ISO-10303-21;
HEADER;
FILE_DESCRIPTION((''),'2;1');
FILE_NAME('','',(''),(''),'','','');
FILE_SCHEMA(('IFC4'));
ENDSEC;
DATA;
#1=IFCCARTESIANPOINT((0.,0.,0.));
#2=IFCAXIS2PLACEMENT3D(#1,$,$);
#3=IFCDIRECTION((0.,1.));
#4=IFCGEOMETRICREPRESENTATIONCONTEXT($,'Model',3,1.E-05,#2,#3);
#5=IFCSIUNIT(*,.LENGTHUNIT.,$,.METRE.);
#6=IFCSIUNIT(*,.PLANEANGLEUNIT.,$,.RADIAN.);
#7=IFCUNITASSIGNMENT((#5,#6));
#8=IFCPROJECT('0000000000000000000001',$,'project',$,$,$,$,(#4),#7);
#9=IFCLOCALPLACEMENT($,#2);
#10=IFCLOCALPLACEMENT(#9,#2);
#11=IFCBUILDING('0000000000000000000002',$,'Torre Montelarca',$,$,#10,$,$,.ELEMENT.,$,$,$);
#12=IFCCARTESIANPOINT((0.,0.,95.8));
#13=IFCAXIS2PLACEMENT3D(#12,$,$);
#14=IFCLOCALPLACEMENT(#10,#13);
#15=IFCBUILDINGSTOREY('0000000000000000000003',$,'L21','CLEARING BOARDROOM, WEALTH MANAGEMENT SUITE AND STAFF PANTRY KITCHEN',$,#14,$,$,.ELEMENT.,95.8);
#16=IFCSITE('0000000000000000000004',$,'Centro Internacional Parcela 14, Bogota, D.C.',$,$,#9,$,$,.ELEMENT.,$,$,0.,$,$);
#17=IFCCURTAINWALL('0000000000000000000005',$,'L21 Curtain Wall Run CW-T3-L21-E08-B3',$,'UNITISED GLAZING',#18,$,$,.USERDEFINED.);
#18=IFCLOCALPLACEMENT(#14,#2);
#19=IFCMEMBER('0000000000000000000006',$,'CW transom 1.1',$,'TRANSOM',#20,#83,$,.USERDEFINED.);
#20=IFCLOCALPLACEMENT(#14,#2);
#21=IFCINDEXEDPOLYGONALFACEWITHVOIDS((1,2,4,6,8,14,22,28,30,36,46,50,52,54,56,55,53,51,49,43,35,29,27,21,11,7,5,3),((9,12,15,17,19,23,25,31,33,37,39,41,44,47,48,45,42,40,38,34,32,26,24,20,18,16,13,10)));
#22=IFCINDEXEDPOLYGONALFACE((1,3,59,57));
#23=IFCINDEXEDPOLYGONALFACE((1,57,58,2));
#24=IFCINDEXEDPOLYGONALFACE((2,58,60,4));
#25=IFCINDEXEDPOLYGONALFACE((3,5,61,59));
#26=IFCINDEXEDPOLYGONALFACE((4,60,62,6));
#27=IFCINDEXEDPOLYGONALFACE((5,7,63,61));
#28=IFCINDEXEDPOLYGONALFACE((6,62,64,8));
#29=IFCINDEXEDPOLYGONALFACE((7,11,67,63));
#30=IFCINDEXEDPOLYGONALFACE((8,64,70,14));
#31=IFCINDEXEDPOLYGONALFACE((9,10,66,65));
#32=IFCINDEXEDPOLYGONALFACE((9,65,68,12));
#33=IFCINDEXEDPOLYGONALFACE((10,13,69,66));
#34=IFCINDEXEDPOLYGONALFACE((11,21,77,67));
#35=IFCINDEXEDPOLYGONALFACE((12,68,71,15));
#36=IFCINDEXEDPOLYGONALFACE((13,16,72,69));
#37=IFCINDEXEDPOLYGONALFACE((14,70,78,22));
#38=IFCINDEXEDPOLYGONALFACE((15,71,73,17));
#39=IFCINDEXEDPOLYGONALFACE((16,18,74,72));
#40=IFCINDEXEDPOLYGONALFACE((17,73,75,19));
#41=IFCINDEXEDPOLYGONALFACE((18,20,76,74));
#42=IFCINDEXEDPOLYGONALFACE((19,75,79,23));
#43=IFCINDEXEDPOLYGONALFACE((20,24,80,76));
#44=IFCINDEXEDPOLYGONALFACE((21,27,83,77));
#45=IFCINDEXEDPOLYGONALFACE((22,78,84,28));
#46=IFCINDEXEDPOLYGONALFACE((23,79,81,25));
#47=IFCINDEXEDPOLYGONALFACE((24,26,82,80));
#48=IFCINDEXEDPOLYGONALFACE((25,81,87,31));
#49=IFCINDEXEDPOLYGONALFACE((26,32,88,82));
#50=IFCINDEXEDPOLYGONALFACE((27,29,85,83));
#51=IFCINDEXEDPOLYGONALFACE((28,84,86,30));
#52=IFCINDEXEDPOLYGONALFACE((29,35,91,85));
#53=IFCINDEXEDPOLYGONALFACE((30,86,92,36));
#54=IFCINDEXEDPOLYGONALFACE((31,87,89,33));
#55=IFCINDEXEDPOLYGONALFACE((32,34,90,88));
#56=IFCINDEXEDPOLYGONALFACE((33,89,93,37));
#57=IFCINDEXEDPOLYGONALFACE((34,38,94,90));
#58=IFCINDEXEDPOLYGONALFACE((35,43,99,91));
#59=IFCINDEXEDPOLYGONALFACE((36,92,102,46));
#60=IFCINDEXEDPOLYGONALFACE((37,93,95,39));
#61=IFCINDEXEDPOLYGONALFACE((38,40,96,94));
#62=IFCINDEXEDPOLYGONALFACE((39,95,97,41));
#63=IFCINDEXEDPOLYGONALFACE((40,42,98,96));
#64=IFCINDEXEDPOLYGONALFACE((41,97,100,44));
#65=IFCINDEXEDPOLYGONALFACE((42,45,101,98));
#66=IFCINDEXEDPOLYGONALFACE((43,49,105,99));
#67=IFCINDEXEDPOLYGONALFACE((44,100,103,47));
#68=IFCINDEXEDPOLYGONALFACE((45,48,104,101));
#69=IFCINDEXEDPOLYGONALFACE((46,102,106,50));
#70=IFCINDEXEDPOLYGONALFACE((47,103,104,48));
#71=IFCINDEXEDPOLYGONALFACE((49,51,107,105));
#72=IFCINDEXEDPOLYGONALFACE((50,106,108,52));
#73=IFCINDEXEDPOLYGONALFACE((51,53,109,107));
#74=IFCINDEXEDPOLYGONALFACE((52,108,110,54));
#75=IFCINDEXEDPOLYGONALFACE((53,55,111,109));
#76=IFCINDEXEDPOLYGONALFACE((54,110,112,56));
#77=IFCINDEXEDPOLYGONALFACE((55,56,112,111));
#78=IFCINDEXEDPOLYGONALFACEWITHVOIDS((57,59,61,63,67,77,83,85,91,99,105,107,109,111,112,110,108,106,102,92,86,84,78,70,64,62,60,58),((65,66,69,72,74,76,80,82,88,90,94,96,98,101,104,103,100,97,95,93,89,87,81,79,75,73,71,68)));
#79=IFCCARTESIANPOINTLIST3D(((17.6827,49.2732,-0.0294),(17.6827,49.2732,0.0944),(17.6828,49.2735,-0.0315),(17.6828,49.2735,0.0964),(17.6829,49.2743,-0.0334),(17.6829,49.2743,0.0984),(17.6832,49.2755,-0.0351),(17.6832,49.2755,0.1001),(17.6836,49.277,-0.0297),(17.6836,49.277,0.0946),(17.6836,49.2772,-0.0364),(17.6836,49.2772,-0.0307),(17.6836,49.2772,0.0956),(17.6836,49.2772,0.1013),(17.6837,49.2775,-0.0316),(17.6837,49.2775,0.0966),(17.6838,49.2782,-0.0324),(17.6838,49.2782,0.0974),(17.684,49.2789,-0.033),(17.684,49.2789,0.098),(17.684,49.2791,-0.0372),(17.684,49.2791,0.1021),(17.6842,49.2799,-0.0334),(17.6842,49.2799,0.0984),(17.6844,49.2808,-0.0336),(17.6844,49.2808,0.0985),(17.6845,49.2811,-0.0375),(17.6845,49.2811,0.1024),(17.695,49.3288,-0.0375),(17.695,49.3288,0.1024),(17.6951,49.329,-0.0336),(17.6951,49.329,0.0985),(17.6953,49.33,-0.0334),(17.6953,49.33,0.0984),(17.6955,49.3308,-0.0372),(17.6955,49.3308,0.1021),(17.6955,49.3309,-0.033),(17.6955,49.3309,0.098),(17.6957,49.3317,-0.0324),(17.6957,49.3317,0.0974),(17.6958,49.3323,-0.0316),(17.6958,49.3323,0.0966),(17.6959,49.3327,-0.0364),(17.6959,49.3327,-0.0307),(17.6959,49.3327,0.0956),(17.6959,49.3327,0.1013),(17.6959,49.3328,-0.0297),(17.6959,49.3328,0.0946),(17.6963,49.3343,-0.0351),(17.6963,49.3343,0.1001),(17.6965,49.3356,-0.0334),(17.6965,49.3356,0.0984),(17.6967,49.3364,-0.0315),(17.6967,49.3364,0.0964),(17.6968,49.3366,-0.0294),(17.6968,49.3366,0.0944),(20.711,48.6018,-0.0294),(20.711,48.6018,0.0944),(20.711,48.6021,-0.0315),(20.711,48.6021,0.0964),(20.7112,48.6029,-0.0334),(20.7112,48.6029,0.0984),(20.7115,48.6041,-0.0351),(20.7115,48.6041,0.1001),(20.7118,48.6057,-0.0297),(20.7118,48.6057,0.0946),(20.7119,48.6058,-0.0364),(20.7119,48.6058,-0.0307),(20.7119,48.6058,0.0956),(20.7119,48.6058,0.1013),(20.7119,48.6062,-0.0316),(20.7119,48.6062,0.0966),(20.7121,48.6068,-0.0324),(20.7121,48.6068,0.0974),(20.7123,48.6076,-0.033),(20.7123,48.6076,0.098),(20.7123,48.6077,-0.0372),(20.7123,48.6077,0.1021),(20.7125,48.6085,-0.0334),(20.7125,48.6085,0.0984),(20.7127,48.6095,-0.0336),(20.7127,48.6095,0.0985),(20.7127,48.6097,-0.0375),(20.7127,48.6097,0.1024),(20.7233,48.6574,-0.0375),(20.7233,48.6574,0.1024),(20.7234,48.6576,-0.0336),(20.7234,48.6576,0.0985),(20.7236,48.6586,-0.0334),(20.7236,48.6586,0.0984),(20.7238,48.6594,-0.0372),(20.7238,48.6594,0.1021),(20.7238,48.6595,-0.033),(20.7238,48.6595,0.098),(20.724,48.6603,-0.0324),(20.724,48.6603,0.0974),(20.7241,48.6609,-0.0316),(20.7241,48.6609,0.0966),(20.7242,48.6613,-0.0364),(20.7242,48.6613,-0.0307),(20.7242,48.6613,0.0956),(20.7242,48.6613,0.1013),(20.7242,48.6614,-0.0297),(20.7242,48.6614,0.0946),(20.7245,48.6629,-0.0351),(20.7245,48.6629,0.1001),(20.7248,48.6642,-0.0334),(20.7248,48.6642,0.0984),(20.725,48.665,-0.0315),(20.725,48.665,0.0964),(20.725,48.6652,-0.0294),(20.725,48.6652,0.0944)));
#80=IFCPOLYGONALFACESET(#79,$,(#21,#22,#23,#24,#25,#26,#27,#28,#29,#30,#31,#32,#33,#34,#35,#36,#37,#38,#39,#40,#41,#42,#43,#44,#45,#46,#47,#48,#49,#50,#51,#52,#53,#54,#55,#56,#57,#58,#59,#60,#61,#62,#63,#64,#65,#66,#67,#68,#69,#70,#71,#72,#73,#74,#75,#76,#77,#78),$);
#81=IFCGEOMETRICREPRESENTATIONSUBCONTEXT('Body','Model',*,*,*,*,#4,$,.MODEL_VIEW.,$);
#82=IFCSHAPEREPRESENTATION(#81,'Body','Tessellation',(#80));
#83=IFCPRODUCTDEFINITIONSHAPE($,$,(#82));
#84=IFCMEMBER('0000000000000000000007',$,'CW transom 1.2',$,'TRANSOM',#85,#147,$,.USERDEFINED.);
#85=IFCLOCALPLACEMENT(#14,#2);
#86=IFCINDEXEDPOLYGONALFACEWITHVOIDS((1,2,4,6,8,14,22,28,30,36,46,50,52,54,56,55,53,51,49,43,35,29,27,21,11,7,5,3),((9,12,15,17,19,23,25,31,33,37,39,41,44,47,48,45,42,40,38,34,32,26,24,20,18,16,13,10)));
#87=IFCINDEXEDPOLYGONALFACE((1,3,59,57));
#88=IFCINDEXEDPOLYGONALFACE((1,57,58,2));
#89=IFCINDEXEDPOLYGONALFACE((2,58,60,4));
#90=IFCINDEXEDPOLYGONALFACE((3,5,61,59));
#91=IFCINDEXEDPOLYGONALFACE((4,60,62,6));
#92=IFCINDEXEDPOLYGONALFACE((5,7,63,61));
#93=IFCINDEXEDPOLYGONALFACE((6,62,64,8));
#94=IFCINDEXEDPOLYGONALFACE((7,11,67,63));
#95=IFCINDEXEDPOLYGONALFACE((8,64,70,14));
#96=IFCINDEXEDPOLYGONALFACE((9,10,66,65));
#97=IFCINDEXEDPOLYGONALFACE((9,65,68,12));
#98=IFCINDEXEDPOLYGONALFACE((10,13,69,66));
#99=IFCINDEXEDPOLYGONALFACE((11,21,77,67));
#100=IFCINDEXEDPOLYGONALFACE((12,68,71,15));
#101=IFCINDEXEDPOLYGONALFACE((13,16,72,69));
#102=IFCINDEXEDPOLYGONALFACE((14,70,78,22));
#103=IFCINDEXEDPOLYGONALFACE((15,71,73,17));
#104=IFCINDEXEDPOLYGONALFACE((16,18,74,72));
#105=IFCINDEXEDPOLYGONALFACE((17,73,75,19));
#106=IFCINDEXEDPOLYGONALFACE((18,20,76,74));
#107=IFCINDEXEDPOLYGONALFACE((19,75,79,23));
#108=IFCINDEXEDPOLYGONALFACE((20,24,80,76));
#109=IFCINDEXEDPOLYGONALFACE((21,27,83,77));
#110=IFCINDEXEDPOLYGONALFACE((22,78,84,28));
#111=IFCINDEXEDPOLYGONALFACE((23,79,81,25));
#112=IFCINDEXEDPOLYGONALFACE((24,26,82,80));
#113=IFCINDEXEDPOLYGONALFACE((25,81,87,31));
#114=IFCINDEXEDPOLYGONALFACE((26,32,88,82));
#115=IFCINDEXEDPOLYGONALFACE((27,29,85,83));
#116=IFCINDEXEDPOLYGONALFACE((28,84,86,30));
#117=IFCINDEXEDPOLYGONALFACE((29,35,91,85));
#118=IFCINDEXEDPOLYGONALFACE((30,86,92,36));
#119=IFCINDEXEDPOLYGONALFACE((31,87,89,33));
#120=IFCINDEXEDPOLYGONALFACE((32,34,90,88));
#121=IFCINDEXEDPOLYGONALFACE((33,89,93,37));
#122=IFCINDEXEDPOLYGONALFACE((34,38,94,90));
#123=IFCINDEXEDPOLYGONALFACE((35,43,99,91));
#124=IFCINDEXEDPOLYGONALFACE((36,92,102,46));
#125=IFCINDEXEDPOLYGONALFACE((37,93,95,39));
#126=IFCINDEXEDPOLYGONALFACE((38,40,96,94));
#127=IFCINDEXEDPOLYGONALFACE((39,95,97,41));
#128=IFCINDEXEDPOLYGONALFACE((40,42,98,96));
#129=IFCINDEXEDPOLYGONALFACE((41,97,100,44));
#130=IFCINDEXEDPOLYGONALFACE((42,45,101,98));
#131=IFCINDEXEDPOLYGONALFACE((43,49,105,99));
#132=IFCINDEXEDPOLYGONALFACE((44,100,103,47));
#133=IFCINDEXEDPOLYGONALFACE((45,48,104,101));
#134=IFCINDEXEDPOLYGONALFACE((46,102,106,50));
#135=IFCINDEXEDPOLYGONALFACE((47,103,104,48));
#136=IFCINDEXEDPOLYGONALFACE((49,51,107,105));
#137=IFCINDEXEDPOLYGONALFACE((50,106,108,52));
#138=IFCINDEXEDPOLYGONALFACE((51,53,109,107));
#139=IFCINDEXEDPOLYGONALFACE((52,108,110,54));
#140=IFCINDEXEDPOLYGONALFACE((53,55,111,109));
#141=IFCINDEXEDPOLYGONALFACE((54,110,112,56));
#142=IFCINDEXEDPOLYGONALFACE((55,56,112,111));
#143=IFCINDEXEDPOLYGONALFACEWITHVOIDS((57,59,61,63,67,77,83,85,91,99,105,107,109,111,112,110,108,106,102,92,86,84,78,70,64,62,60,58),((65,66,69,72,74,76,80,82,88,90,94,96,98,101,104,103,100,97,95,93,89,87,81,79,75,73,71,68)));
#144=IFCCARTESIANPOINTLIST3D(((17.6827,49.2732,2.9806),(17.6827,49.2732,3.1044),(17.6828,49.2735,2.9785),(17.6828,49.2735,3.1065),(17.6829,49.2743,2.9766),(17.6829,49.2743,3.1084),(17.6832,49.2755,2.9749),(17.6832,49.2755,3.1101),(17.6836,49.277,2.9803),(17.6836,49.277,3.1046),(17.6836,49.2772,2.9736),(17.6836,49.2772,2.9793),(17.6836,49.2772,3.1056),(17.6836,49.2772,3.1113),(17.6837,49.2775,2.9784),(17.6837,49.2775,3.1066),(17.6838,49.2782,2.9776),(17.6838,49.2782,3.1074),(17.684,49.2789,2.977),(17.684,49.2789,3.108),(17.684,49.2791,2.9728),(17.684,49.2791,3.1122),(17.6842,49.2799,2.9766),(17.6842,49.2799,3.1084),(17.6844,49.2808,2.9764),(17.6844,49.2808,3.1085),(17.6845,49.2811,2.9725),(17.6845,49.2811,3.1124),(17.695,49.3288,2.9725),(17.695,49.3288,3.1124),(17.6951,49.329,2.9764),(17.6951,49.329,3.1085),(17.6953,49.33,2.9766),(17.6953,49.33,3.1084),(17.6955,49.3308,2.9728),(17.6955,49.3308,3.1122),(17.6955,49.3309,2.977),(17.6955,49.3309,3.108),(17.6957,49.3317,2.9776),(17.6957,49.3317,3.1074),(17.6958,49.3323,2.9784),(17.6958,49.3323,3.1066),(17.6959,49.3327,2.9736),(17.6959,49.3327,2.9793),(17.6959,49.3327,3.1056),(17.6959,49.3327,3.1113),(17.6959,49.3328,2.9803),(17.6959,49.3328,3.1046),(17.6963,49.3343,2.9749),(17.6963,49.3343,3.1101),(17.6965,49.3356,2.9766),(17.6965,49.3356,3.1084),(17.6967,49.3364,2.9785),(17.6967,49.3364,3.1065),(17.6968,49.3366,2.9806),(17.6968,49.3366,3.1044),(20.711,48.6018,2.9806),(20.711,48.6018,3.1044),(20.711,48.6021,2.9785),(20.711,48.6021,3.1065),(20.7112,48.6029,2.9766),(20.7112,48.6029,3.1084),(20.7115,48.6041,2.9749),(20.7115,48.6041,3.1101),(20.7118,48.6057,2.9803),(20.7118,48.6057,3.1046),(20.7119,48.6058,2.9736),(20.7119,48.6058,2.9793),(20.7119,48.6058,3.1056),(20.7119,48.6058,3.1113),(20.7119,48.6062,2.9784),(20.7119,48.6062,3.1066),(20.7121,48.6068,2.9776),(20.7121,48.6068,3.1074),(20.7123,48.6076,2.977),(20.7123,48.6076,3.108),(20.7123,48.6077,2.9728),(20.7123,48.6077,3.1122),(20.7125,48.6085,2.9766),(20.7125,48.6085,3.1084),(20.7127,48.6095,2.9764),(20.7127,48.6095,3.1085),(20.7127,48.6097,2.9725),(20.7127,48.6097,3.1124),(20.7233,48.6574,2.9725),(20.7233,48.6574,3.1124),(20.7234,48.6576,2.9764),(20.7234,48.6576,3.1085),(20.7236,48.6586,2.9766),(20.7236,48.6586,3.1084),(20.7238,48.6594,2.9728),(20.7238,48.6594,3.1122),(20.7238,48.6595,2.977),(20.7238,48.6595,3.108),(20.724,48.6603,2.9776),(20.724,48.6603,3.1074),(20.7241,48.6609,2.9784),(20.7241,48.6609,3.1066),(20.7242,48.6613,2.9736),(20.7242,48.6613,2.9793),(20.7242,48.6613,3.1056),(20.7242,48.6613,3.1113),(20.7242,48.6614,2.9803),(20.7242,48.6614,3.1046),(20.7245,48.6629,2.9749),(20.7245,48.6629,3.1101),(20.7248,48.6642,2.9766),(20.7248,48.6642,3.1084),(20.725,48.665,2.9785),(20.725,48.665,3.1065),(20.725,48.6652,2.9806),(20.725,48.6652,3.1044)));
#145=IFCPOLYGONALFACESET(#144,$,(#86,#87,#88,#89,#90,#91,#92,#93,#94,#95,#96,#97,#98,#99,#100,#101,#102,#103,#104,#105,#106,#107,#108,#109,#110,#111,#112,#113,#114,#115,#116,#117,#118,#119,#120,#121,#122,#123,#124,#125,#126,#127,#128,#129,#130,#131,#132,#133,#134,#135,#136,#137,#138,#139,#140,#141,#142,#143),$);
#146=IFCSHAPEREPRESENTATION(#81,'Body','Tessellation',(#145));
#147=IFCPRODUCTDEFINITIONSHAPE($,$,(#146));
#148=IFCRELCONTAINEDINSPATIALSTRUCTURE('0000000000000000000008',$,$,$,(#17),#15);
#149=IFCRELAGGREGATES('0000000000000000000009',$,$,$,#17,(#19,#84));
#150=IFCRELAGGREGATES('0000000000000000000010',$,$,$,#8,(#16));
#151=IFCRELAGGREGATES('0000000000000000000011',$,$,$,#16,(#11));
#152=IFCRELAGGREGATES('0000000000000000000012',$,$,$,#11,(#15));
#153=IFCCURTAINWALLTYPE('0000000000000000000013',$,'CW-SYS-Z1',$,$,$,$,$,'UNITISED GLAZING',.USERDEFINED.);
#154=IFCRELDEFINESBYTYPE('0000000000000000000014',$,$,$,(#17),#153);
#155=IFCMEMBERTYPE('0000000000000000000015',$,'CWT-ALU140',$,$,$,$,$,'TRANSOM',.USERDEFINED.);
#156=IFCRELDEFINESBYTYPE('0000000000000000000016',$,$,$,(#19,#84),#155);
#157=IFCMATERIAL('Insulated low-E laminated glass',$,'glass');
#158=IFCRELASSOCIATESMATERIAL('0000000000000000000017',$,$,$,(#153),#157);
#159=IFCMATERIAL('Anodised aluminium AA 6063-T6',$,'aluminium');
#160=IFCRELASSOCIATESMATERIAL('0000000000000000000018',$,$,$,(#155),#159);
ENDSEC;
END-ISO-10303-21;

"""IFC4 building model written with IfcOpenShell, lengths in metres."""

from ifc_helpers import new_model, si_unit, direction, frame, origin, origin_2d, place, context, subcontext, project, spatial, hollow_rectangle, extrude, source, transform, mapped, material, material_profile, profile_set, type_object, element, aggregate, save


model = new_model("IFC4")

# Units and contexts
model_context = context("Model", 3, precision=1e-05, world=origin(), true_north=direction((0.0, 1.0)))
body_context = subcontext(model_context, "Body", "Model", "MODEL_VIEW")
ifc_project = project(units=[si_unit("LENGTHUNIT", "METRE"), si_unit("PLANEANGLEUNIT", "RADIAN")], contexts=[model_context])

# Site, building, storey
site_placement = place(None, origin())
site = spatial("IfcSite", under=ifc_project, at=site_placement, Name="Centro Internacional Parcela 14, Bogota, D.C.", CompositionType="ELEMENT", RefElevation=0.0)
building_placement = place(site_placement, origin())
building = spatial("IfcBuilding", under=site, at=building_placement, Name="Torre Montelarca", CompositionType="ELEMENT")
storey_placement = place(building_placement, frame((0.0, 0.0, 95.8)))
storey = spatial("IfcBuildingStorey", under=building, at=storey_placement, Name="L21", Description="CLEARING BOARDROOM, WEALTH MANAGEMENT SUITE AND STAFF PANTRY KITCHEN", CompositionType="ELEMENT", Elevation=95.8)

# Curtain wall, members
ifc_material_1 = material(Name="Insulated low-E laminated glass", Category="glass")
curtain_wall_type = type_object("IfcCurtainWallType", Name="CW-SYS-Z1", ElementType="UNITISED GLAZING", PredefinedType="USERDEFINED", material=ifc_material_1)
ifc_material_2 = material(Name="Anodised aluminium AA 6063-T6", Category="aluminium")
ifc_material_profile_1 = material_profile(ifc_material_2, hollow_rectangle(XDim=0.0649, YDim=0.1399, WallThickness=0.0039, InnerFilletRadius=0.0039, OuterFilletRadius=0.0081, at=origin_2d()), Name="ALU65X140X4", Category="aluminium")
ifc_profile_set_1 = profile_set([ifc_material_profile_1], Name="Anodised aluminium AA 6063-T6")
member_type_1 = type_object("IfcMemberType", Name="CWT-ALU140", ElementType="TRANSOM", PredefinedType="USERDEFINED", material=ifc_profile_set_1)
curtain_wall_1_placement = place(storey_placement, origin())
curtain_wall_1 = element("IfcCurtainWall", 1, at=curtain_wall_1_placement, inside=storey, type_object=curtain_wall_type, Name="L21 Curtain Wall Run CW-T3-L21-E08-B3", ObjectType="UNITISED GLAZING", PredefinedType="USERDEFINED")
shared_shape_1 = source(origin(), body_context, "Body", "SweptSolid", [
    extrude(hollow_rectangle(XDim=0.0649, YDim=0.1399, WallThickness=0.0039, InnerFilletRadius=0.0039, OuterFilletRadius=0.0081, at=origin_2d()), origin(), (0.0, 0.0, 1.0), 3.1018),
])
member_1_placement = place(storey_placement, frame((20.718, 48.6335, 0.0325), z_axis=(-0.976294, 0.216447, 0.0), x_axis=(-0.216447, -0.976294, 0.0)))
member_1 = element("IfcMember", 2, at=member_1_placement, type_object=member_type_1, Name="CW transom 1.1", ObjectType="TRANSOM", PredefinedType="USERDEFINED", context=body_context, shape_type="MappedRepresentation", body=[
    mapped(shared_shape_1, transform((0.0, 0.0, 0.0), scale=1.0)),
])
member_2_placement = place(storey_placement, frame((20.718, 48.6335, 3.0425), z_axis=(-0.976294, 0.216447, 0.0), x_axis=(-0.216447, -0.976294, 0.0)))
member_2 = element("IfcMember", 3, at=member_2_placement, type_object=member_type_1, Name="CW transom 1.2", ObjectType="TRANSOM", PredefinedType="USERDEFINED", context=body_context, shape_type="MappedRepresentation", body=[
    mapped(shared_shape_1, transform((0.0, 0.0, 0.0), scale=1.0)),
])

aggregate(curtain_wall_1, [member_1, member_2])

save(model, "model.ifc")
